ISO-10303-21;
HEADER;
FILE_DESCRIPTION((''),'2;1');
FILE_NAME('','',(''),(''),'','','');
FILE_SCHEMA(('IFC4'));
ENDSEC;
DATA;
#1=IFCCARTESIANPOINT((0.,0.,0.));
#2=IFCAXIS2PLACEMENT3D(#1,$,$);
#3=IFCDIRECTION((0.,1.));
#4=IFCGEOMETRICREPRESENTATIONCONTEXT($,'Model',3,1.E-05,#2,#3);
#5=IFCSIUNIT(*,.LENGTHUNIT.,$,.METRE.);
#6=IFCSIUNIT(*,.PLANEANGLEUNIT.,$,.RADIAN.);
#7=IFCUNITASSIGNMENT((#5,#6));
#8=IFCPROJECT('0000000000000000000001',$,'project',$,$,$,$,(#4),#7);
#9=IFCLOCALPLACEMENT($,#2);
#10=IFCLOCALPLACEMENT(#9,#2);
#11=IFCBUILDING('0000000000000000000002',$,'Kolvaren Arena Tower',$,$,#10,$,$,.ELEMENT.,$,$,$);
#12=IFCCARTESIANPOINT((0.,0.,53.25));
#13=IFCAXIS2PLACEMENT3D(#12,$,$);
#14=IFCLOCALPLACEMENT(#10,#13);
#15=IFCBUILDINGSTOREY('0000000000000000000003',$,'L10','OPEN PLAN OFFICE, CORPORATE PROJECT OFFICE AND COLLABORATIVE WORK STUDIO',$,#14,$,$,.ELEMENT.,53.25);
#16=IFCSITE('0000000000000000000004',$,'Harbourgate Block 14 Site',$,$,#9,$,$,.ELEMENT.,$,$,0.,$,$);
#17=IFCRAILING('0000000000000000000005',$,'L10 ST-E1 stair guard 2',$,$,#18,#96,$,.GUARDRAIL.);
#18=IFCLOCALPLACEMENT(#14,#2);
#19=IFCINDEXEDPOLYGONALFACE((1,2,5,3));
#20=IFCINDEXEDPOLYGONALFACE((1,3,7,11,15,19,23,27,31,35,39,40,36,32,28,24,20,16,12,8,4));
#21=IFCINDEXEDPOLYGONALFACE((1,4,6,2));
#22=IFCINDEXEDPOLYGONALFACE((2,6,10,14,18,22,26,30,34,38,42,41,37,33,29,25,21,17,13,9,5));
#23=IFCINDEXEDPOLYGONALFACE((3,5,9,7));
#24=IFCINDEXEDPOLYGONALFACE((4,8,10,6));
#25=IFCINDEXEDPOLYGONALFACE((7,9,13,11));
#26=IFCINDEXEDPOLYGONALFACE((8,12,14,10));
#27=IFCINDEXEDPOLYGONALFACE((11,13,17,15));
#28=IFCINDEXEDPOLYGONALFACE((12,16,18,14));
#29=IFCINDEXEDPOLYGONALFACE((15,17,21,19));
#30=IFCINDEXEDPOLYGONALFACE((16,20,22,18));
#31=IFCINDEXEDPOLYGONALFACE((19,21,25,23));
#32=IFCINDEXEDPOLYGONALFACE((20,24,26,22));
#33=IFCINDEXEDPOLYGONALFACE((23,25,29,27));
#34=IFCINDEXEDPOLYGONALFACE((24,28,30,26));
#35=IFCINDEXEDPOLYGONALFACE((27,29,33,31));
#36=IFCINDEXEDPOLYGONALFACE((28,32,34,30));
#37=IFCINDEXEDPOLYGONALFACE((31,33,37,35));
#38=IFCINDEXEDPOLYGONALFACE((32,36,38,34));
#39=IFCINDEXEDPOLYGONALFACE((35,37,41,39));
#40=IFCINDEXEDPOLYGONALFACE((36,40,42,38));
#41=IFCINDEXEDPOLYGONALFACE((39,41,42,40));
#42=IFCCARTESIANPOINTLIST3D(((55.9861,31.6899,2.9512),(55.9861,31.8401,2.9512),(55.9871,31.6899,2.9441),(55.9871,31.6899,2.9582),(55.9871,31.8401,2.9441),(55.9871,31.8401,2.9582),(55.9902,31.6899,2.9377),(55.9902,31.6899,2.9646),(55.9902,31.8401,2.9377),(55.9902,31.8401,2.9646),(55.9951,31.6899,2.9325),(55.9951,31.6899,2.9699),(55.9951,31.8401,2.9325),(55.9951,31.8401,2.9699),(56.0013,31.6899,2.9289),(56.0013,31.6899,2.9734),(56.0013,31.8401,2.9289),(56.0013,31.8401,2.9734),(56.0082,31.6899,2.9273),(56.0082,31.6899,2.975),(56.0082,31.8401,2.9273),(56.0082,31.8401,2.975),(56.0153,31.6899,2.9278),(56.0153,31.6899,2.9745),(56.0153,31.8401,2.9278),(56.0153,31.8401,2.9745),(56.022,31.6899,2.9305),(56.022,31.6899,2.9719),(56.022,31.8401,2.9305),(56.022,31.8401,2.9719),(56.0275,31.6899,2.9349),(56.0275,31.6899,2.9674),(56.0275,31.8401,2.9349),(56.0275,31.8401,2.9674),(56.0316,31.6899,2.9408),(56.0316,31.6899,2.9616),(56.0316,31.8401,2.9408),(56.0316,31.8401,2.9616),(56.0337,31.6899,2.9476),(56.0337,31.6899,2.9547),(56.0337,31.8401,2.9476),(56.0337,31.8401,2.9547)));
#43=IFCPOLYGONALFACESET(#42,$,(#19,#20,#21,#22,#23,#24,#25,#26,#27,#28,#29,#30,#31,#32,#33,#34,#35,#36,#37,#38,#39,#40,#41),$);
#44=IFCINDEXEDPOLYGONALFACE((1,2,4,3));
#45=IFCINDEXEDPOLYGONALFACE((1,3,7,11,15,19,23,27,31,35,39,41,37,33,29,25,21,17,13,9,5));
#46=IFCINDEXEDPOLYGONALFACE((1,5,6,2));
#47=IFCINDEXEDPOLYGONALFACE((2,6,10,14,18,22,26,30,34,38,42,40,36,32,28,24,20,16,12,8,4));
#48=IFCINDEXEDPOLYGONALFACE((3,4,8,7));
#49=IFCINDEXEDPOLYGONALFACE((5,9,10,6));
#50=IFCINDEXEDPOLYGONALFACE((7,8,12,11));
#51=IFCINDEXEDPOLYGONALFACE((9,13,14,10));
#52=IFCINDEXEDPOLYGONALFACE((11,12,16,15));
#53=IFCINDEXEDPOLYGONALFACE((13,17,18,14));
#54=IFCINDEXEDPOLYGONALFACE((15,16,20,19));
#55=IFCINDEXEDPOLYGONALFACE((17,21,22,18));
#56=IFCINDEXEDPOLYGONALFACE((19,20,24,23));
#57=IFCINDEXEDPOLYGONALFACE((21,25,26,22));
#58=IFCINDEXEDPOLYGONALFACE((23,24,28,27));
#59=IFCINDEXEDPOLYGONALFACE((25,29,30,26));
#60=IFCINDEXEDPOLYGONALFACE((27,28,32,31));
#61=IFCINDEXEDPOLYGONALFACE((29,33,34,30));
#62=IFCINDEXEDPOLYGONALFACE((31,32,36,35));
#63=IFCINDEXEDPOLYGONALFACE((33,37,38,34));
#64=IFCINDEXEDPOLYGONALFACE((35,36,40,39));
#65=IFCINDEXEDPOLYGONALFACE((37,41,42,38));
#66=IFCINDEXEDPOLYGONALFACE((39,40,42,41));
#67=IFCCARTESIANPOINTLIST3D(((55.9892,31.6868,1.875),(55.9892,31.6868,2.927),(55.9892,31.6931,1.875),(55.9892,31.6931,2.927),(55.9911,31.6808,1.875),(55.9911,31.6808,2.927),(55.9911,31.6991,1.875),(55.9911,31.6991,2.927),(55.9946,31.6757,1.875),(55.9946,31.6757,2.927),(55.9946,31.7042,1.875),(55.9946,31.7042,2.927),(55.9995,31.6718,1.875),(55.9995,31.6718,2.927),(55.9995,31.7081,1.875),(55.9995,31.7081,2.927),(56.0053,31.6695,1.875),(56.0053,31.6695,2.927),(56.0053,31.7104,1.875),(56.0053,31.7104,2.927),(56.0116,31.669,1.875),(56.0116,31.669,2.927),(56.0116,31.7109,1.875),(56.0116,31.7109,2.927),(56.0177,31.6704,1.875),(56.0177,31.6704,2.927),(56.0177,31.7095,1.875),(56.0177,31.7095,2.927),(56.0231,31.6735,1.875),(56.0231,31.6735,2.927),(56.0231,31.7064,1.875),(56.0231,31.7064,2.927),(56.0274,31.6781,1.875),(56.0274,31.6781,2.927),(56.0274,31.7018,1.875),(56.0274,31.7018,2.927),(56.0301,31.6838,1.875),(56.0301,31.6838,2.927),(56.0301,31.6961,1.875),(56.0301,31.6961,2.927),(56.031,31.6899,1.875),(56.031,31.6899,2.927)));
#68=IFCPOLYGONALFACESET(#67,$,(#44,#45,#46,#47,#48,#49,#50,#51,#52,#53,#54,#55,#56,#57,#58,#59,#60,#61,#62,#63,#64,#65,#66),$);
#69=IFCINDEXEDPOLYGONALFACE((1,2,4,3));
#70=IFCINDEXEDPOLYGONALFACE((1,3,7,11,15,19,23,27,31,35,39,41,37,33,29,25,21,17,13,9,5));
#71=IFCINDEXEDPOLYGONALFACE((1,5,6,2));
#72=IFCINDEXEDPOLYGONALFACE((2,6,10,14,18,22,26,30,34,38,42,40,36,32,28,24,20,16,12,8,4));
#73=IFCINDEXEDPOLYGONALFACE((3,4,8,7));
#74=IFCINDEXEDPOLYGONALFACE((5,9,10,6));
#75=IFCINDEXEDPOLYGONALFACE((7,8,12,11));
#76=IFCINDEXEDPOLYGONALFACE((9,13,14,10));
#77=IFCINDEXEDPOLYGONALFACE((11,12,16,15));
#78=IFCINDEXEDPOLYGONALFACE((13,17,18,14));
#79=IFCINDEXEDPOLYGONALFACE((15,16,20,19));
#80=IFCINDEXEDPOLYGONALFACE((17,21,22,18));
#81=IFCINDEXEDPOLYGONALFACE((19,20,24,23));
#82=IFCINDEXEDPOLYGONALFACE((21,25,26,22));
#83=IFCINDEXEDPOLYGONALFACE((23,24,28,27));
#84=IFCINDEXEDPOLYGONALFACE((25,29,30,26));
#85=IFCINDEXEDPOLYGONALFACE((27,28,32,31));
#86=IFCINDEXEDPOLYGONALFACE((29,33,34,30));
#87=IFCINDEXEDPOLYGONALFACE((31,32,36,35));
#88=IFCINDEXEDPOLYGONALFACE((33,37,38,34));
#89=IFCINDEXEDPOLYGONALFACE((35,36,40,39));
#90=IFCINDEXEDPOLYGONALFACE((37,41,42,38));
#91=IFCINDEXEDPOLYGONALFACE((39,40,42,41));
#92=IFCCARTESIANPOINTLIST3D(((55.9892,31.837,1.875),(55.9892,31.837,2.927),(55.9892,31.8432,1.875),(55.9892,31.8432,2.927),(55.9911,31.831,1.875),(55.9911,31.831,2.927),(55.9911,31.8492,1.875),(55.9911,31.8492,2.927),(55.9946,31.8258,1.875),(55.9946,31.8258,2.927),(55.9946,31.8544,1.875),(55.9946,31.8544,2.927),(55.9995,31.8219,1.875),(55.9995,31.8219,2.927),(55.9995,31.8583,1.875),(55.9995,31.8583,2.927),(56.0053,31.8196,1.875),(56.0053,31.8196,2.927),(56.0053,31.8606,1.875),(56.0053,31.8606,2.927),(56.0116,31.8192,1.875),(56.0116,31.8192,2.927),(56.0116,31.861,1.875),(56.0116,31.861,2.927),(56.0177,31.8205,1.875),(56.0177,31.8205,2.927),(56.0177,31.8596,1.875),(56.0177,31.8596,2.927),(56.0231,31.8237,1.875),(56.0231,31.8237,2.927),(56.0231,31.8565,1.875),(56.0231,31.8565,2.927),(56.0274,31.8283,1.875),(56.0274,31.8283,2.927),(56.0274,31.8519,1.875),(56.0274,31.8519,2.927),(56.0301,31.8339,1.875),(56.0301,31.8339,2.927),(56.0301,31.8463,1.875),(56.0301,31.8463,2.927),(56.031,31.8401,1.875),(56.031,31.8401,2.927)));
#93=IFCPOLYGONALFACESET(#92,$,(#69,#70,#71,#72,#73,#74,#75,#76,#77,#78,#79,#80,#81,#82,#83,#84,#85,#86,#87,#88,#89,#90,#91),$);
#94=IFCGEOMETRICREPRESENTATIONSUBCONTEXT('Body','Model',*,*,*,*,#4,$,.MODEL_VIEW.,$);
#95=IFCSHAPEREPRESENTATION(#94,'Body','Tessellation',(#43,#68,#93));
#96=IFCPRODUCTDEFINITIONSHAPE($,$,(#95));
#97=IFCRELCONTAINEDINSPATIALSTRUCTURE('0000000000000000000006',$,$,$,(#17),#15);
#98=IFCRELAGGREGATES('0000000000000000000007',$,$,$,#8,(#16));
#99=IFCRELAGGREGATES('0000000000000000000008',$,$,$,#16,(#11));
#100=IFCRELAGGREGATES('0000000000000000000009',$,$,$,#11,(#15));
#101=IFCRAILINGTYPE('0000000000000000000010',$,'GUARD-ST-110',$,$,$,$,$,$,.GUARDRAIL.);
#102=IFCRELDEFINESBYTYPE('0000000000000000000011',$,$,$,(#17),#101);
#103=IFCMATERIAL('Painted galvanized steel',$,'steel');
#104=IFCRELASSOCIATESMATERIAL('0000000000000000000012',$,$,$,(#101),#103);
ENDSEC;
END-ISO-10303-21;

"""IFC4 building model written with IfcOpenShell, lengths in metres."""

from ifc_helpers import new_model, si_unit, direction, frame, origin, origin_2d, place, context, subcontext, project, spatial, circle, extrude, material, type_object, element, save


model = new_model("IFC4")

# Units and contexts
model_context = context("Model", 3, precision=1e-05, world=origin(), true_north=direction((0.0, 1.0)))
body_context = subcontext(model_context, "Body", "Model", "MODEL_VIEW")
ifc_project = project(units=[si_unit("LENGTHUNIT", "METRE"), si_unit("PLANEANGLEUNIT", "RADIAN")], contexts=[model_context])

# Site, building, storey
site_placement = place(None, origin())
site = spatial("IfcSite", under=ifc_project, at=site_placement, Name="Harbourgate Block 14 Site", CompositionType="ELEMENT", RefElevation=0.0)
building_placement = place(site_placement, origin())
building = spatial("IfcBuilding", under=site, at=building_placement, Name="Kolvaren Arena Tower", CompositionType="ELEMENT")
storey_placement = place(building_placement, frame((0.0, 0.0, 53.25)))
storey = spatial("IfcBuildingStorey", under=building, at=storey_placement, Name="L10", Description="OPEN PLAN OFFICE, CORPORATE PROJECT OFFICE AND COLLABORATIVE WORK STUDIO", CompositionType="ELEMENT", Elevation=53.25)

# Railing
ifc_material_1 = material(Name="Painted galvanized steel", Category="steel")
railing_type_1 = type_object("IfcRailingType", Name="GUARD-ST-110", PredefinedType="GUARDRAIL", material=ifc_material_1)
railing_1_placement = place(storey_placement, frame((56.01, 31.6899, 1.875)))
element("IfcRailing", 1, at=railing_1_placement, inside=storey, type_object=railing_type_1, Name="L10 ST-E1 stair guard 2", PredefinedType="GUARDRAIL", context=body_context, shape_type="SweptSolid", body=[
    extrude(circle(Radius=0.0239, at=origin_2d()), frame((0.0, 0.0, 1.0762), z_axis=(0.0, 1.0, 0.0), x_axis=(-1.0, 0.0, 0.0)), (0.0, 0.0, 1.0), 0.1501),
    extrude(circle(Radius=0.021, at=origin_2d()), origin(), (0.0, 0.0, 1.0), 1.052),
    extrude(circle(Radius=0.021, at=origin_2d()), frame((0.0, 0.1501, 0.0)), (0.0, 0.0, 1.0), 1.052),
])

save(model, "model.ifc")
